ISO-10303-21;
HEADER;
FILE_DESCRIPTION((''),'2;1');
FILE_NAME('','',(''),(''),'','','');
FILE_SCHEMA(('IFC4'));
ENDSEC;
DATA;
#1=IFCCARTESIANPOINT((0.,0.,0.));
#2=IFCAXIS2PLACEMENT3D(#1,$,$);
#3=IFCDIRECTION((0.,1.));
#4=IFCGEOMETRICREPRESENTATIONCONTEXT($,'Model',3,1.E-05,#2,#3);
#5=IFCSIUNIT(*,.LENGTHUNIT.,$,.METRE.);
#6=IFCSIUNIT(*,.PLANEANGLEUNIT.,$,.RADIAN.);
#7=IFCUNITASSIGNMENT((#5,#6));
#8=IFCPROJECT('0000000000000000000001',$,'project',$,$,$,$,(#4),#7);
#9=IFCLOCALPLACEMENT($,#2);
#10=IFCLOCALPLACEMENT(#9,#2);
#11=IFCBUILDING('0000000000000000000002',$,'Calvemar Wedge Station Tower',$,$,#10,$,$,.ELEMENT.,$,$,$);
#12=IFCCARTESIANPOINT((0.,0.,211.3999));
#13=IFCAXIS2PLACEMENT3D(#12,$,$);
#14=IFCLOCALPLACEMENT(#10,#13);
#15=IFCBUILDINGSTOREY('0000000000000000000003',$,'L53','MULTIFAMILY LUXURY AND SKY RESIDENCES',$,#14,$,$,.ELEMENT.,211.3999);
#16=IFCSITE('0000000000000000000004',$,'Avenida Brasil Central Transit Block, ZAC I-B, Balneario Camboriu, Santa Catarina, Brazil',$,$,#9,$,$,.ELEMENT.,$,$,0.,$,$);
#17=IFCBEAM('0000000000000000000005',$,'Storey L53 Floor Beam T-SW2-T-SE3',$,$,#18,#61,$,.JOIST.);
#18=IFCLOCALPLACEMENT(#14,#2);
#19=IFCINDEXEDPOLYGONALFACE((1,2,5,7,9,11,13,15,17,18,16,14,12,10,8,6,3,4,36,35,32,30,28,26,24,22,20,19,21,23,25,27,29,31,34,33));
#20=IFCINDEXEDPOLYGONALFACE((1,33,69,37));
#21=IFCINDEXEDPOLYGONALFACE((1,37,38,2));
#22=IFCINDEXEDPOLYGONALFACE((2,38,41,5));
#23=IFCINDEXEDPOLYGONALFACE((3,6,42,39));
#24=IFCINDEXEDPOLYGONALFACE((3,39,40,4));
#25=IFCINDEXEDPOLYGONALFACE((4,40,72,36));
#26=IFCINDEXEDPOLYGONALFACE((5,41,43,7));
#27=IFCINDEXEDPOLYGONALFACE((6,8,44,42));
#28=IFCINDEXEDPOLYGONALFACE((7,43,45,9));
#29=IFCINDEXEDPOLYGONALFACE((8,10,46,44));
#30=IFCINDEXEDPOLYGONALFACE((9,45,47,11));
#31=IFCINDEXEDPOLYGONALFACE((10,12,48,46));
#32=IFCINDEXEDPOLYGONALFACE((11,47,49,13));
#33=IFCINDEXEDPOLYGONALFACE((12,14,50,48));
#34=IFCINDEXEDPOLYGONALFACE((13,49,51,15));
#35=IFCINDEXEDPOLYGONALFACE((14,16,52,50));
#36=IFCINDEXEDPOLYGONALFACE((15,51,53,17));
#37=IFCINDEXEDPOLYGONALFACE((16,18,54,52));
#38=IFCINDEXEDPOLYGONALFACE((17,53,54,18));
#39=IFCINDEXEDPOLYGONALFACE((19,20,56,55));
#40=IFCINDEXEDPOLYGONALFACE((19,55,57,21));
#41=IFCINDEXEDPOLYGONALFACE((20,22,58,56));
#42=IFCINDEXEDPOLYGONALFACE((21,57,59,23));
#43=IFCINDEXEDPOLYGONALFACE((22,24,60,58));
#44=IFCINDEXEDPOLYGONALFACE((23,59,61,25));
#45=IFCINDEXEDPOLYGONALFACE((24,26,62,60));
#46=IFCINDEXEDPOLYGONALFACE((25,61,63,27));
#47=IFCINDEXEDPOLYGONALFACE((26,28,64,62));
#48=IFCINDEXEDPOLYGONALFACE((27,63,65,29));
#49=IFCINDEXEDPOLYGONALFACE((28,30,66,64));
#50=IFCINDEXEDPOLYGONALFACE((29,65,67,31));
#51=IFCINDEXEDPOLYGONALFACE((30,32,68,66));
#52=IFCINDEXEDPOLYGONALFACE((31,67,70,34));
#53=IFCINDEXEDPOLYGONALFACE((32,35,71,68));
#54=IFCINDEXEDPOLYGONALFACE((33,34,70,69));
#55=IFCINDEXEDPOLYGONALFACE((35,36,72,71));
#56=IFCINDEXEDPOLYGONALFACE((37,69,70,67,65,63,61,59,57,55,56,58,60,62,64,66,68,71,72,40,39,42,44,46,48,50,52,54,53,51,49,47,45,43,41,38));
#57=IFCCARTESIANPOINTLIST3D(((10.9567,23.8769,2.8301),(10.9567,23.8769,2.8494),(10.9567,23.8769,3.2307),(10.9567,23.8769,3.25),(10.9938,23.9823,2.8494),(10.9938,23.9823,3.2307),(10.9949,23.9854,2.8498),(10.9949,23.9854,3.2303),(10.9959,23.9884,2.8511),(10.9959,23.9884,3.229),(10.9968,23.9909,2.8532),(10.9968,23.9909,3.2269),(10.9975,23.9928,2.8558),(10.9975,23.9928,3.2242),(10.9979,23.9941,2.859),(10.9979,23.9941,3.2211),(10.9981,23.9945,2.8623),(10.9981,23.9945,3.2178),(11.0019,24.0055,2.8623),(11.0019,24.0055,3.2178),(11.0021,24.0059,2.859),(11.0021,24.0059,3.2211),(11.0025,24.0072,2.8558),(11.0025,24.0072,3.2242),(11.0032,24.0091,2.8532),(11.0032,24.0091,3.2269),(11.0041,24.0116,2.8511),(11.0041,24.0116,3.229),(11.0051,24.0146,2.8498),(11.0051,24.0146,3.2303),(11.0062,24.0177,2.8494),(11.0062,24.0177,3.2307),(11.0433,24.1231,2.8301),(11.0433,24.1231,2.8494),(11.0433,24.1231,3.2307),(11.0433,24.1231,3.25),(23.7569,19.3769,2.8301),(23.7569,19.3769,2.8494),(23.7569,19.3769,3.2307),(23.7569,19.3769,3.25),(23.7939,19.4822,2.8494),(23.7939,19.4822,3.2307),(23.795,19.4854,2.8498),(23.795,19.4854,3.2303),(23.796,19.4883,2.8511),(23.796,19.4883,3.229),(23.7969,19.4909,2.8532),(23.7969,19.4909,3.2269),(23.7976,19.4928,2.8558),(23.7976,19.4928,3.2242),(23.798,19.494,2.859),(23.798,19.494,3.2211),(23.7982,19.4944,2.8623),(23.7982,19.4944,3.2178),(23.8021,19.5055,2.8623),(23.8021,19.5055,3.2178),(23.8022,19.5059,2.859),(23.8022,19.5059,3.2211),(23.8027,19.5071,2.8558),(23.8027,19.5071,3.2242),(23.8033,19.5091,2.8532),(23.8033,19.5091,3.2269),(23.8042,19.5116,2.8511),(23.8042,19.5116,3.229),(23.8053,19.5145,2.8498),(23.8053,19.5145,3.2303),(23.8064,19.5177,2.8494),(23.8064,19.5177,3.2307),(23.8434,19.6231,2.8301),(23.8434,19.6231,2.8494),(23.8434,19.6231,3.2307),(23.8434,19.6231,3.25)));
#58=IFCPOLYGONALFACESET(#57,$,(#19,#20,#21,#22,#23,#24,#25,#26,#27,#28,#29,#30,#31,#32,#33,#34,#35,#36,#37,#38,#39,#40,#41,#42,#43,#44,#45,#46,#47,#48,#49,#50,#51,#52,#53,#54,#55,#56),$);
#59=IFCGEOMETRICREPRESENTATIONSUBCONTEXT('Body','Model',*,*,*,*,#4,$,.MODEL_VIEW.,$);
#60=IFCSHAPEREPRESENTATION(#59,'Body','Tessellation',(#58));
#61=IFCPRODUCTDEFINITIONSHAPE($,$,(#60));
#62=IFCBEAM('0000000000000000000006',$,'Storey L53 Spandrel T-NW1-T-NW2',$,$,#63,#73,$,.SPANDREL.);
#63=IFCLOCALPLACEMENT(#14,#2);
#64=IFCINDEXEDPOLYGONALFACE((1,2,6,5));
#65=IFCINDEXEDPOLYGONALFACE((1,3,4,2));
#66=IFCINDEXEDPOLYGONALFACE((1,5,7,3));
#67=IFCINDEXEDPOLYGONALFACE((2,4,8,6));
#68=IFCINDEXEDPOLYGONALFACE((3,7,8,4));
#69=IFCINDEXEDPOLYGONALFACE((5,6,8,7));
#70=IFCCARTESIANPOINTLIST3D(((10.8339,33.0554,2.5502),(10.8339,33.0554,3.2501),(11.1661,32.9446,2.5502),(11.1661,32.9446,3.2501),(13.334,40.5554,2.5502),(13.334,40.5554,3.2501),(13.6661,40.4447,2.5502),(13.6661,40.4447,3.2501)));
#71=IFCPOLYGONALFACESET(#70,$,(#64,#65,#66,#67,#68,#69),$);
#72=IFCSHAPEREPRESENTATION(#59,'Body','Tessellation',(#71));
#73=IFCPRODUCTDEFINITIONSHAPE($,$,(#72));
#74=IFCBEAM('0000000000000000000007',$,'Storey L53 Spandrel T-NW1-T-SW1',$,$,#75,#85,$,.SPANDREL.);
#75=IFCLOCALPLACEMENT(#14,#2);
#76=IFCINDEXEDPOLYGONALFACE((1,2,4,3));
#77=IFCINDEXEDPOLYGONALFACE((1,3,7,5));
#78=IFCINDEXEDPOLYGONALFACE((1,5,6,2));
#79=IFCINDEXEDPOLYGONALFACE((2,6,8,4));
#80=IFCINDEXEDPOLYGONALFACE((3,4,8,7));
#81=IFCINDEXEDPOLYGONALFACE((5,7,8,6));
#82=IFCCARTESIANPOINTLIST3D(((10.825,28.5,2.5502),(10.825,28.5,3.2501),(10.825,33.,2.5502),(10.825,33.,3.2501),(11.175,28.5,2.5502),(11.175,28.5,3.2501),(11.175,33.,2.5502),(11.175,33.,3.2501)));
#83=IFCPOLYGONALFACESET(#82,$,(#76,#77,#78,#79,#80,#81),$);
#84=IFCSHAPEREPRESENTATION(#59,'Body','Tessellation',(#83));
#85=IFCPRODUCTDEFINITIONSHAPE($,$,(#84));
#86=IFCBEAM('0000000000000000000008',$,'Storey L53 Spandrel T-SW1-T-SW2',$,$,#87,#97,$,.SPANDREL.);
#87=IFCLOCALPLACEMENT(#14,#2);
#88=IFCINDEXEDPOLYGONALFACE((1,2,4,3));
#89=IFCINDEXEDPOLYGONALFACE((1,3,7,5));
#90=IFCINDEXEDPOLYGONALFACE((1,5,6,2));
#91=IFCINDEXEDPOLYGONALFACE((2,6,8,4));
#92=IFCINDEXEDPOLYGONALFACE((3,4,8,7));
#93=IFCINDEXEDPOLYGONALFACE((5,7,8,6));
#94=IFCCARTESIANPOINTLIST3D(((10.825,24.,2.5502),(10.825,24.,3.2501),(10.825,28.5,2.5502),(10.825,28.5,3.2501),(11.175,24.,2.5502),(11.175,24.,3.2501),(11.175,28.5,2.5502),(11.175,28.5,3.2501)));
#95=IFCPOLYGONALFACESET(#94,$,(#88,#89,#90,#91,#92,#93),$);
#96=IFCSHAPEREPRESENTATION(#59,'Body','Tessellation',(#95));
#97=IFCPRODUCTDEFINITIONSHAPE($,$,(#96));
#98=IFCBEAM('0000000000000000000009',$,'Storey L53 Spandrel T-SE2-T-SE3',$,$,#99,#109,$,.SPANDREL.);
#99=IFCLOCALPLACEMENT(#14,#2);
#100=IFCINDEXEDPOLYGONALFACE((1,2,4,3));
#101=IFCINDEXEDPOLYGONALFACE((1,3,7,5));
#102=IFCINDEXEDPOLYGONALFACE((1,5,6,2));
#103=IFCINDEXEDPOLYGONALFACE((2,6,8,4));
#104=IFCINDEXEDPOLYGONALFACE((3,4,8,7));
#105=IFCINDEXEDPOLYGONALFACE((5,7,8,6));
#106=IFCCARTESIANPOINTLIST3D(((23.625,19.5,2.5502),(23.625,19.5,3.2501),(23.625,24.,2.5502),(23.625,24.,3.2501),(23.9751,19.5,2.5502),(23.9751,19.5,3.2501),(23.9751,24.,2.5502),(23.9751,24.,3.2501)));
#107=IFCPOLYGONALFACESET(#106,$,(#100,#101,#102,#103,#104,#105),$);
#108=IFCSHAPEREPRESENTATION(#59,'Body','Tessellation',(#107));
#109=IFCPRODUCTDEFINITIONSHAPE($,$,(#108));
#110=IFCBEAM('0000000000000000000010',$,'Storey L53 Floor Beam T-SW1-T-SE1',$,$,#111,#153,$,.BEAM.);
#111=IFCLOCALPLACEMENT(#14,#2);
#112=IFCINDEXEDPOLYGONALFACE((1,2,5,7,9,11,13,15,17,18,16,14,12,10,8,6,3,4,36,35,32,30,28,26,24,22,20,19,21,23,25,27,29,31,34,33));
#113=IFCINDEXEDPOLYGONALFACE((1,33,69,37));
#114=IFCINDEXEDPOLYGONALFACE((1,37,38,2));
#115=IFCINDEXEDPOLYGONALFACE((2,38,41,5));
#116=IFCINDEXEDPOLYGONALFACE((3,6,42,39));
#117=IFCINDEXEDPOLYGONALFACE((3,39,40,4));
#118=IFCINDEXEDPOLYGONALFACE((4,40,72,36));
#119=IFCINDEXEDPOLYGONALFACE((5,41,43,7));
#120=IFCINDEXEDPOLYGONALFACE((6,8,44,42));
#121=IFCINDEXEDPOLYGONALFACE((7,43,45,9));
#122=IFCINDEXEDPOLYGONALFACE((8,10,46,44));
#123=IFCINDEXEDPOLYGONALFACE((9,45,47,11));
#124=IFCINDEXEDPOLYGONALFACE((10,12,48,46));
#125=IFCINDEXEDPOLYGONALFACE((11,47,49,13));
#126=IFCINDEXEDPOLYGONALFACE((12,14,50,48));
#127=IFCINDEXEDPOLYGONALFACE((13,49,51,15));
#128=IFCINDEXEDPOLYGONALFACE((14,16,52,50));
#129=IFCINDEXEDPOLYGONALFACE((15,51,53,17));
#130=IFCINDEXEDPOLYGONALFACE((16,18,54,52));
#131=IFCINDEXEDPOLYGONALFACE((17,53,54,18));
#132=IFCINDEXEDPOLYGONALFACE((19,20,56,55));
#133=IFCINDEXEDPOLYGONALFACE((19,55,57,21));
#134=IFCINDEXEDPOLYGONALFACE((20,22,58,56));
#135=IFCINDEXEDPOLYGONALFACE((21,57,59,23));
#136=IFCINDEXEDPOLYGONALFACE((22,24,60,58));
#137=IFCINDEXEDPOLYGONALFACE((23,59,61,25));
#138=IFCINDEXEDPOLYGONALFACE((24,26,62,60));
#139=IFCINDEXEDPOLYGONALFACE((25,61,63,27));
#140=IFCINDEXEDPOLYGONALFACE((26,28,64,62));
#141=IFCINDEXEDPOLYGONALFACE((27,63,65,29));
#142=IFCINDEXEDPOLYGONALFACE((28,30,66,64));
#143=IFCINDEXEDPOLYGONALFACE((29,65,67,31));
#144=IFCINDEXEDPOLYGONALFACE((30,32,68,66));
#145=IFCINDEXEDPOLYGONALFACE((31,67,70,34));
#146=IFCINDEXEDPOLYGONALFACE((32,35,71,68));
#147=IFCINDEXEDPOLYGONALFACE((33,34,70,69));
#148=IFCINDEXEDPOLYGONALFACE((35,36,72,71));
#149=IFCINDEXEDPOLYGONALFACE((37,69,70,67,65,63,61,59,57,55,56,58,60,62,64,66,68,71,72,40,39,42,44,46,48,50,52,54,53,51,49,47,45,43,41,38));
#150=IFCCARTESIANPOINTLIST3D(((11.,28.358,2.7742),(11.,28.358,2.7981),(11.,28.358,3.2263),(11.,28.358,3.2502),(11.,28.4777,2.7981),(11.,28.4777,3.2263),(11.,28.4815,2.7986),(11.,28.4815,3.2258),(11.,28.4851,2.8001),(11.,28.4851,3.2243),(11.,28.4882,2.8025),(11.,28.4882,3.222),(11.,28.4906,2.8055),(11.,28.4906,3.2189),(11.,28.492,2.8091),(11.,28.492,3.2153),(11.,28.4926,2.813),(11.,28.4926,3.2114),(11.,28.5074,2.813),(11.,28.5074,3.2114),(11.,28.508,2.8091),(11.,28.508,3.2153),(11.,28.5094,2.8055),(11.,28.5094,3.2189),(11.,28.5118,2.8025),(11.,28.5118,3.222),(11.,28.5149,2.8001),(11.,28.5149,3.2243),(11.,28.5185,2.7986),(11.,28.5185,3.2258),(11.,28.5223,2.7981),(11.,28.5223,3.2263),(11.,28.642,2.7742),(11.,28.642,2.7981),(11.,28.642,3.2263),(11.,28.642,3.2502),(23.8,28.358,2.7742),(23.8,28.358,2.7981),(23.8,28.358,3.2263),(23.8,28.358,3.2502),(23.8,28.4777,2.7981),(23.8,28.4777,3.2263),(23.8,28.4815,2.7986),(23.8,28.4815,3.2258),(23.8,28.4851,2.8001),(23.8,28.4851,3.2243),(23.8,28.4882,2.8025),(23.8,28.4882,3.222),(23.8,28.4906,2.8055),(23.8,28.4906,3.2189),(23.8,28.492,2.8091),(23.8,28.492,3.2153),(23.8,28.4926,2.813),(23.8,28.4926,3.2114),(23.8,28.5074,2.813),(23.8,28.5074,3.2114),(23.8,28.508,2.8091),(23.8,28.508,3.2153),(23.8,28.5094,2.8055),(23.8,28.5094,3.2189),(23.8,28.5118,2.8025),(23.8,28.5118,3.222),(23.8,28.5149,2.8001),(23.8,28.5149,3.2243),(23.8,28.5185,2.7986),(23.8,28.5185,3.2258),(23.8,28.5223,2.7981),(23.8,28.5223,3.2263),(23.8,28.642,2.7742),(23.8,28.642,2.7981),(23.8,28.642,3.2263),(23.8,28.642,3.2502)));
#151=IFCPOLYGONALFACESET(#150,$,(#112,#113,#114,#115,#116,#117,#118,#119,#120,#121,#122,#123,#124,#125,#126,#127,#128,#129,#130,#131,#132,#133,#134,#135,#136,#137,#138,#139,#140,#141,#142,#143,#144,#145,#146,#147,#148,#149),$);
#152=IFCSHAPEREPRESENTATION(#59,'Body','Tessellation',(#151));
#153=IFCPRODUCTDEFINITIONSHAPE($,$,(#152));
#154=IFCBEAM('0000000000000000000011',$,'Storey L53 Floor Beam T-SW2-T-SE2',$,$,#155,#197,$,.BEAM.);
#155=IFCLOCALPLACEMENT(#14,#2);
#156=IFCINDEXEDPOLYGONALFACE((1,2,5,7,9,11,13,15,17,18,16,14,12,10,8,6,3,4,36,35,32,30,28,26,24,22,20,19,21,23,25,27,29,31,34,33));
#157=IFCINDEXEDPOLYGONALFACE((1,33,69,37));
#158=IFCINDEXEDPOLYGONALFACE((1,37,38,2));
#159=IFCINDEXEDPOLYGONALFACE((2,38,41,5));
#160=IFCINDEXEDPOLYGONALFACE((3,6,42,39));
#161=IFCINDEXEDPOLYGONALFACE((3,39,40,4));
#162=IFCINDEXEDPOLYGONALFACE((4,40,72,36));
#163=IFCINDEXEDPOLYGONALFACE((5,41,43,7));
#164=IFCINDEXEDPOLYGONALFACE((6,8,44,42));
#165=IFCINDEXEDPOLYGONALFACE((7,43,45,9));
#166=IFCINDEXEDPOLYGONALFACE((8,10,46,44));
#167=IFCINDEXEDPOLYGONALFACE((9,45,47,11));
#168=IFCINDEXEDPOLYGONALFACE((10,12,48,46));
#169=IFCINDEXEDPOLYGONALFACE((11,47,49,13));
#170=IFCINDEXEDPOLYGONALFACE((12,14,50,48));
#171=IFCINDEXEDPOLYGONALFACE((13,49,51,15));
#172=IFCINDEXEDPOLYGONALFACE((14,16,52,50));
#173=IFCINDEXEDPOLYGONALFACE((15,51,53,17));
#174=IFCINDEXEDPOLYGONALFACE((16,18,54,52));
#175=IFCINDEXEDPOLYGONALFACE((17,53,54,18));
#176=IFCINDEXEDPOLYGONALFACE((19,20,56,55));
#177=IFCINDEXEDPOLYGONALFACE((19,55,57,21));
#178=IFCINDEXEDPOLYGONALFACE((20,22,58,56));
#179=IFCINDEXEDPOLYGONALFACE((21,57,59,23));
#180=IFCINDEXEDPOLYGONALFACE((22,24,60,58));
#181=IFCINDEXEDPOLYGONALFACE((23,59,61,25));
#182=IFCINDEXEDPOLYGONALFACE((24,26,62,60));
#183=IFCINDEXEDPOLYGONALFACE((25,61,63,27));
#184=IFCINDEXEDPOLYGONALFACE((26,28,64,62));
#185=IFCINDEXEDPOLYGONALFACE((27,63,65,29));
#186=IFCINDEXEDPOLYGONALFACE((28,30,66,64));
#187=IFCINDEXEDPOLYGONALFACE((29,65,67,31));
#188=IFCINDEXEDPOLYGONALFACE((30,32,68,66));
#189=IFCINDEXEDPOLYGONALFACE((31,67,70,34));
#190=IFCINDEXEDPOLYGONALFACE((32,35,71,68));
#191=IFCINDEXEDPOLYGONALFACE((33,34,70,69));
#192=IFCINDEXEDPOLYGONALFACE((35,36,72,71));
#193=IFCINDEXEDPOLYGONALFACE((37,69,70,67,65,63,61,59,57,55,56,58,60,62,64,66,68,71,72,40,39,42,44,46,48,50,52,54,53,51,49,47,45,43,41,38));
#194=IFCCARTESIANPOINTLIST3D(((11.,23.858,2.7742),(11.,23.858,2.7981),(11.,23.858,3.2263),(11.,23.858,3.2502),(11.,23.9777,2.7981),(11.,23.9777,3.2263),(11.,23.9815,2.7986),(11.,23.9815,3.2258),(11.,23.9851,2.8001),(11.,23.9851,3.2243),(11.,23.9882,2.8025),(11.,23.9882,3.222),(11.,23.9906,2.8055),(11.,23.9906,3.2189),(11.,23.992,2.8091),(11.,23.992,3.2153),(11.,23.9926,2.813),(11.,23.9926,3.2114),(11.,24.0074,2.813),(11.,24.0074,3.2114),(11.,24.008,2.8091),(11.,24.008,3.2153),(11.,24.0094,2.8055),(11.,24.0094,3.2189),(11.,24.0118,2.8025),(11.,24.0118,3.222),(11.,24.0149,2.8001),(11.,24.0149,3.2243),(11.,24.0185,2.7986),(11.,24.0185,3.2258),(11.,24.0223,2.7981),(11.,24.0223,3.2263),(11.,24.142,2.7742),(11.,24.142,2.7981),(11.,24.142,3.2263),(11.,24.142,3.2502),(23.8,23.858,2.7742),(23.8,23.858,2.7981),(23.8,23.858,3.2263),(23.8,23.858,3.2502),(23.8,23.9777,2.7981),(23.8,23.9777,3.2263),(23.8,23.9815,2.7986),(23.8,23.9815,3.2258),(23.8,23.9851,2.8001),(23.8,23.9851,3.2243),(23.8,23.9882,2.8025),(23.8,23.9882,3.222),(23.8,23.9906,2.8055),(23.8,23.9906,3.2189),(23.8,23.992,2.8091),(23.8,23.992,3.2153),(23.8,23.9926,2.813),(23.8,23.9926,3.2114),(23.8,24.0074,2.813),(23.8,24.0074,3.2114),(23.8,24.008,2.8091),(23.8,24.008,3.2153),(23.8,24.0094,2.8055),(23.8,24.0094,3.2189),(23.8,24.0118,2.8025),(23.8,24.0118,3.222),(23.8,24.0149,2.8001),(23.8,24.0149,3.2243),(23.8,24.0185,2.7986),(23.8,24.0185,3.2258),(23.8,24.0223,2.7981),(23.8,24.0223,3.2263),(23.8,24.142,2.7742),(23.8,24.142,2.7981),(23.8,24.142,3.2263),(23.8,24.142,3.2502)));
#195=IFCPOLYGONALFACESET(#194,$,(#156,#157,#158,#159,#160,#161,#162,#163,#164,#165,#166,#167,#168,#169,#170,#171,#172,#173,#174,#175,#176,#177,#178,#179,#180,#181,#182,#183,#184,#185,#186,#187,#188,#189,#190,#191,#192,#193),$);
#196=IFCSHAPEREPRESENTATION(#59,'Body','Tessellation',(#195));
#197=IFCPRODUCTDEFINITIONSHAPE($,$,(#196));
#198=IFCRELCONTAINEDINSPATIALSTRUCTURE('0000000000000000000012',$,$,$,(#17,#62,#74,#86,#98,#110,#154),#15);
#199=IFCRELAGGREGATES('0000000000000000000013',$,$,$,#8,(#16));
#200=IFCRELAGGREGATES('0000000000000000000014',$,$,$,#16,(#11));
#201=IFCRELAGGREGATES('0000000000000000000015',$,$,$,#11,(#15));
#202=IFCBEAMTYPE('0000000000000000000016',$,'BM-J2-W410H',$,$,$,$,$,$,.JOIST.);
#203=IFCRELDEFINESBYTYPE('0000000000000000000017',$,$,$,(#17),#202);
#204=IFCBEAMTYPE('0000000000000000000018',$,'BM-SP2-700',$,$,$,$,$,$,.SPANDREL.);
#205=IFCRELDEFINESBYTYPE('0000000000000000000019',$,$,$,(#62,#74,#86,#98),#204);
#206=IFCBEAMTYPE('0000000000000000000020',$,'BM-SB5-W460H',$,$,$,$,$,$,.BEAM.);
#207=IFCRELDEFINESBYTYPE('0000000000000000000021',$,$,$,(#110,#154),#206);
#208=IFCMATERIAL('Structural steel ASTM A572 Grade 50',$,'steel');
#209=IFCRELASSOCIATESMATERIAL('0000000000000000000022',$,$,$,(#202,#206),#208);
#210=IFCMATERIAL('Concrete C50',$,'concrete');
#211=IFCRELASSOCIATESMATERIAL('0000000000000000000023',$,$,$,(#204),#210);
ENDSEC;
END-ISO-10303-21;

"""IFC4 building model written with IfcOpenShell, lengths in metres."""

from ifc_helpers import new_model, si_unit, direction, frame, origin, origin_2d, place, context, subcontext, project, spatial, rectangle, i_section, extrude, source, transform, mapped, material, material_profile, profile_set, type_object, element, save


model = new_model("IFC4")

# Units and contexts
model_context = context("Model", 3, precision=1e-05, world=origin(), true_north=direction((0.0, 1.0)))
body_context = subcontext(model_context, "Body", "Model", "MODEL_VIEW")
ifc_project = project(units=[si_unit("LENGTHUNIT", "METRE"), si_unit("PLANEANGLEUNIT", "RADIAN")], contexts=[model_context])

# Site, building, storey
site_placement = place(None, origin())
site = spatial("IfcSite", under=ifc_project, at=site_placement, Name="Avenida Brasil Central Transit Block, ZAC I-B, Balneario Camboriu, Santa Catarina, Brazil", CompositionType="ELEMENT", RefElevation=0.0)
building_placement = place(site_placement, origin())
building = spatial("IfcBuilding", under=site, at=building_placement, Name="Calvemar Wedge Station Tower", CompositionType="ELEMENT")
storey_placement = place(building_placement, frame((0.0, 0.0, 211.3999)))
storey = spatial("IfcBuildingStorey", under=building, at=storey_placement, Name="L53", Description="MULTIFAMILY LUXURY AND SKY RESIDENCES", CompositionType="ELEMENT", Elevation=211.3999)

# Shared definitions
ifc_material_1 = material(Name="Concrete C50", Category="concrete")

# Beams
ifc_material_2 = material(Name="Structural steel ASTM A572 Grade 50", Category="steel")
ifc_material_profile_1 = material_profile(ifc_material_2, i_section(OverallWidth=0.261, OverallDepth=0.4199, WebThickness=0.0117, FlangeThickness=0.0193, FilletRadius=0.0129, at=origin_2d()), Name="W410x114")
ifc_profile_set_1 = profile_set([ifc_material_profile_1], Name="Structural steel ASTM A572 Grade 50")
beam_type_1 = type_object("IfcBeamType", Name="BM-J2-W410H", PredefinedType="JOIST", material=ifc_profile_set_1)
shared_shape_1 = source(origin(), body_context, "Body", "SweptSolid", [
    extrude(i_section(OverallWidth=0.261, OverallDepth=0.4199, WebThickness=0.0117, FlangeThickness=0.0193, FilletRadius=0.0129, at=origin_2d()), origin(), (0.0, 0.0, 1.0), 13.5681),
])
beam_1_placement = place(storey_placement, frame((11.0, 24.0, 3.04), z_axis=(0.943398, -0.331662, 0.0), x_axis=(0.331662, 0.943398, 0.0)))
element("IfcBeam", 1, at=beam_1_placement, inside=storey, type_object=beam_type_1, Name="Storey L53 Floor Beam T-SW2-T-SE3", PredefinedType="JOIST", context=body_context, shape_type="MappedRepresentation", body=[
    mapped(shared_shape_1, transform((0.0, 0.0, 0.0), scale=1.0)),
])
ifc_material_profile_2 = material_profile(ifc_material_1, rectangle(XDim=0.3501, YDim=0.7, at=origin_2d()), Name="RC350x700")
ifc_profile_set_2 = profile_set([ifc_material_profile_2], Name="Concrete C50")
beam_type_2 = type_object("IfcBeamType", Name="BM-SP2-700", PredefinedType="SPANDREL", material=ifc_profile_set_2)
shared_shape_2 = source(origin(), body_context, "Body", "SweptSolid", [
    extrude(rectangle(XDim=0.3501, YDim=0.7, at=origin_2d()), origin(), (0.0, 0.0, 1.0), 7.9058),
])
beam_2_placement = place(storey_placement, frame((11.0, 33.0, 2.9001), z_axis=(0.316228, 0.948683, 0.0), x_axis=(-0.948683, 0.316228, 0.0)))
element("IfcBeam", 2, at=beam_2_placement, inside=storey, type_object=beam_type_2, Name="Storey L53 Spandrel T-NW1-T-NW2", PredefinedType="SPANDREL", context=body_context, shape_type="MappedRepresentation", body=[
    mapped(shared_shape_2, transform((0.0, 0.0, 0.0), scale=1.0)),
])
shared_shape_3 = source(origin(), body_context, "Body", "SweptSolid", [
    extrude(rectangle(XDim=0.3501, YDim=0.7, at=origin_2d()), origin(), (0.0, 0.0, 1.0), 4.5),
])
for number, where, z_axis, x_axis, name in (
    (3, (11.0, 33.0, 2.9001), (0.0, -1.0, 0.0), (1.0, 0.0, 0.0), "Storey L53 Spandrel T-NW1-T-SW1"),
    (4, (11.0, 28.5, 2.9001), (0.0, -1.0, 0.0), (1.0, 0.0, 0.0), "Storey L53 Spandrel T-SW1-T-SW2"),
    (5, (23.8, 24.0, 2.9001), (0.0, -1.0, 0.0), (1.0, 0.0, 0.0), "Storey L53 Spandrel T-SE2-T-SE3"),
):
    element("IfcBeam", number, at=place(storey_placement, frame(where, z_axis=z_axis, x_axis=x_axis)), inside=storey, type_object=beam_type_2, Name=name, PredefinedType="SPANDREL", context=body_context, shape_type="MappedRepresentation", body=[
        mapped(shared_shape_3, transform((0.0, 0.0, 0.0), scale=1.0)),
    ])
ifc_material_profile_3 = material_profile(ifc_material_2, i_section(OverallWidth=0.2839, OverallDepth=0.4761, WebThickness=0.0149, FlangeThickness=0.0239, FilletRadius=0.0149, at=origin_2d()), Name="W460x158")
ifc_profile_set_3 = profile_set([ifc_material_profile_3], Name="Structural steel ASTM A572 Grade 50")
beam_type_3 = type_object("IfcBeamType", Name="BM-SB5-W460H", PredefinedType="BEAM", material=ifc_profile_set_3)
shared_shape_4 = source(origin(), body_context, "Body", "SweptSolid", [
    extrude(i_section(OverallWidth=0.2839, OverallDepth=0.4761, WebThickness=0.0149, FlangeThickness=0.0239, FilletRadius=0.0149, at=origin_2d()), origin(), (0.0, 0.0, 1.0), 12.8),
])
for number, where, z_axis, x_axis, name in (
    (6, (11.0, 28.5, 3.0122), (1.0, 0.0, 0.0), (0.0, 1.0, 0.0), "Storey L53 Floor Beam T-SW1-T-SE1"),
    (7, (11.0, 24.0, 3.0122), (1.0, 0.0, 0.0), (0.0, 1.0, 0.0), "Storey L53 Floor Beam T-SW2-T-SE2"),
):
    element("IfcBeam", number, at=place(storey_placement, frame(where, z_axis=z_axis, x_axis=x_axis)), inside=storey, type_object=beam_type_3, Name=name, PredefinedType="BEAM", context=body_context, shape_type="MappedRepresentation", body=[
        mapped(shared_shape_4, transform((0.0, 0.0, 0.0), scale=1.0)),
    ])

save(model, "model.ifc")
